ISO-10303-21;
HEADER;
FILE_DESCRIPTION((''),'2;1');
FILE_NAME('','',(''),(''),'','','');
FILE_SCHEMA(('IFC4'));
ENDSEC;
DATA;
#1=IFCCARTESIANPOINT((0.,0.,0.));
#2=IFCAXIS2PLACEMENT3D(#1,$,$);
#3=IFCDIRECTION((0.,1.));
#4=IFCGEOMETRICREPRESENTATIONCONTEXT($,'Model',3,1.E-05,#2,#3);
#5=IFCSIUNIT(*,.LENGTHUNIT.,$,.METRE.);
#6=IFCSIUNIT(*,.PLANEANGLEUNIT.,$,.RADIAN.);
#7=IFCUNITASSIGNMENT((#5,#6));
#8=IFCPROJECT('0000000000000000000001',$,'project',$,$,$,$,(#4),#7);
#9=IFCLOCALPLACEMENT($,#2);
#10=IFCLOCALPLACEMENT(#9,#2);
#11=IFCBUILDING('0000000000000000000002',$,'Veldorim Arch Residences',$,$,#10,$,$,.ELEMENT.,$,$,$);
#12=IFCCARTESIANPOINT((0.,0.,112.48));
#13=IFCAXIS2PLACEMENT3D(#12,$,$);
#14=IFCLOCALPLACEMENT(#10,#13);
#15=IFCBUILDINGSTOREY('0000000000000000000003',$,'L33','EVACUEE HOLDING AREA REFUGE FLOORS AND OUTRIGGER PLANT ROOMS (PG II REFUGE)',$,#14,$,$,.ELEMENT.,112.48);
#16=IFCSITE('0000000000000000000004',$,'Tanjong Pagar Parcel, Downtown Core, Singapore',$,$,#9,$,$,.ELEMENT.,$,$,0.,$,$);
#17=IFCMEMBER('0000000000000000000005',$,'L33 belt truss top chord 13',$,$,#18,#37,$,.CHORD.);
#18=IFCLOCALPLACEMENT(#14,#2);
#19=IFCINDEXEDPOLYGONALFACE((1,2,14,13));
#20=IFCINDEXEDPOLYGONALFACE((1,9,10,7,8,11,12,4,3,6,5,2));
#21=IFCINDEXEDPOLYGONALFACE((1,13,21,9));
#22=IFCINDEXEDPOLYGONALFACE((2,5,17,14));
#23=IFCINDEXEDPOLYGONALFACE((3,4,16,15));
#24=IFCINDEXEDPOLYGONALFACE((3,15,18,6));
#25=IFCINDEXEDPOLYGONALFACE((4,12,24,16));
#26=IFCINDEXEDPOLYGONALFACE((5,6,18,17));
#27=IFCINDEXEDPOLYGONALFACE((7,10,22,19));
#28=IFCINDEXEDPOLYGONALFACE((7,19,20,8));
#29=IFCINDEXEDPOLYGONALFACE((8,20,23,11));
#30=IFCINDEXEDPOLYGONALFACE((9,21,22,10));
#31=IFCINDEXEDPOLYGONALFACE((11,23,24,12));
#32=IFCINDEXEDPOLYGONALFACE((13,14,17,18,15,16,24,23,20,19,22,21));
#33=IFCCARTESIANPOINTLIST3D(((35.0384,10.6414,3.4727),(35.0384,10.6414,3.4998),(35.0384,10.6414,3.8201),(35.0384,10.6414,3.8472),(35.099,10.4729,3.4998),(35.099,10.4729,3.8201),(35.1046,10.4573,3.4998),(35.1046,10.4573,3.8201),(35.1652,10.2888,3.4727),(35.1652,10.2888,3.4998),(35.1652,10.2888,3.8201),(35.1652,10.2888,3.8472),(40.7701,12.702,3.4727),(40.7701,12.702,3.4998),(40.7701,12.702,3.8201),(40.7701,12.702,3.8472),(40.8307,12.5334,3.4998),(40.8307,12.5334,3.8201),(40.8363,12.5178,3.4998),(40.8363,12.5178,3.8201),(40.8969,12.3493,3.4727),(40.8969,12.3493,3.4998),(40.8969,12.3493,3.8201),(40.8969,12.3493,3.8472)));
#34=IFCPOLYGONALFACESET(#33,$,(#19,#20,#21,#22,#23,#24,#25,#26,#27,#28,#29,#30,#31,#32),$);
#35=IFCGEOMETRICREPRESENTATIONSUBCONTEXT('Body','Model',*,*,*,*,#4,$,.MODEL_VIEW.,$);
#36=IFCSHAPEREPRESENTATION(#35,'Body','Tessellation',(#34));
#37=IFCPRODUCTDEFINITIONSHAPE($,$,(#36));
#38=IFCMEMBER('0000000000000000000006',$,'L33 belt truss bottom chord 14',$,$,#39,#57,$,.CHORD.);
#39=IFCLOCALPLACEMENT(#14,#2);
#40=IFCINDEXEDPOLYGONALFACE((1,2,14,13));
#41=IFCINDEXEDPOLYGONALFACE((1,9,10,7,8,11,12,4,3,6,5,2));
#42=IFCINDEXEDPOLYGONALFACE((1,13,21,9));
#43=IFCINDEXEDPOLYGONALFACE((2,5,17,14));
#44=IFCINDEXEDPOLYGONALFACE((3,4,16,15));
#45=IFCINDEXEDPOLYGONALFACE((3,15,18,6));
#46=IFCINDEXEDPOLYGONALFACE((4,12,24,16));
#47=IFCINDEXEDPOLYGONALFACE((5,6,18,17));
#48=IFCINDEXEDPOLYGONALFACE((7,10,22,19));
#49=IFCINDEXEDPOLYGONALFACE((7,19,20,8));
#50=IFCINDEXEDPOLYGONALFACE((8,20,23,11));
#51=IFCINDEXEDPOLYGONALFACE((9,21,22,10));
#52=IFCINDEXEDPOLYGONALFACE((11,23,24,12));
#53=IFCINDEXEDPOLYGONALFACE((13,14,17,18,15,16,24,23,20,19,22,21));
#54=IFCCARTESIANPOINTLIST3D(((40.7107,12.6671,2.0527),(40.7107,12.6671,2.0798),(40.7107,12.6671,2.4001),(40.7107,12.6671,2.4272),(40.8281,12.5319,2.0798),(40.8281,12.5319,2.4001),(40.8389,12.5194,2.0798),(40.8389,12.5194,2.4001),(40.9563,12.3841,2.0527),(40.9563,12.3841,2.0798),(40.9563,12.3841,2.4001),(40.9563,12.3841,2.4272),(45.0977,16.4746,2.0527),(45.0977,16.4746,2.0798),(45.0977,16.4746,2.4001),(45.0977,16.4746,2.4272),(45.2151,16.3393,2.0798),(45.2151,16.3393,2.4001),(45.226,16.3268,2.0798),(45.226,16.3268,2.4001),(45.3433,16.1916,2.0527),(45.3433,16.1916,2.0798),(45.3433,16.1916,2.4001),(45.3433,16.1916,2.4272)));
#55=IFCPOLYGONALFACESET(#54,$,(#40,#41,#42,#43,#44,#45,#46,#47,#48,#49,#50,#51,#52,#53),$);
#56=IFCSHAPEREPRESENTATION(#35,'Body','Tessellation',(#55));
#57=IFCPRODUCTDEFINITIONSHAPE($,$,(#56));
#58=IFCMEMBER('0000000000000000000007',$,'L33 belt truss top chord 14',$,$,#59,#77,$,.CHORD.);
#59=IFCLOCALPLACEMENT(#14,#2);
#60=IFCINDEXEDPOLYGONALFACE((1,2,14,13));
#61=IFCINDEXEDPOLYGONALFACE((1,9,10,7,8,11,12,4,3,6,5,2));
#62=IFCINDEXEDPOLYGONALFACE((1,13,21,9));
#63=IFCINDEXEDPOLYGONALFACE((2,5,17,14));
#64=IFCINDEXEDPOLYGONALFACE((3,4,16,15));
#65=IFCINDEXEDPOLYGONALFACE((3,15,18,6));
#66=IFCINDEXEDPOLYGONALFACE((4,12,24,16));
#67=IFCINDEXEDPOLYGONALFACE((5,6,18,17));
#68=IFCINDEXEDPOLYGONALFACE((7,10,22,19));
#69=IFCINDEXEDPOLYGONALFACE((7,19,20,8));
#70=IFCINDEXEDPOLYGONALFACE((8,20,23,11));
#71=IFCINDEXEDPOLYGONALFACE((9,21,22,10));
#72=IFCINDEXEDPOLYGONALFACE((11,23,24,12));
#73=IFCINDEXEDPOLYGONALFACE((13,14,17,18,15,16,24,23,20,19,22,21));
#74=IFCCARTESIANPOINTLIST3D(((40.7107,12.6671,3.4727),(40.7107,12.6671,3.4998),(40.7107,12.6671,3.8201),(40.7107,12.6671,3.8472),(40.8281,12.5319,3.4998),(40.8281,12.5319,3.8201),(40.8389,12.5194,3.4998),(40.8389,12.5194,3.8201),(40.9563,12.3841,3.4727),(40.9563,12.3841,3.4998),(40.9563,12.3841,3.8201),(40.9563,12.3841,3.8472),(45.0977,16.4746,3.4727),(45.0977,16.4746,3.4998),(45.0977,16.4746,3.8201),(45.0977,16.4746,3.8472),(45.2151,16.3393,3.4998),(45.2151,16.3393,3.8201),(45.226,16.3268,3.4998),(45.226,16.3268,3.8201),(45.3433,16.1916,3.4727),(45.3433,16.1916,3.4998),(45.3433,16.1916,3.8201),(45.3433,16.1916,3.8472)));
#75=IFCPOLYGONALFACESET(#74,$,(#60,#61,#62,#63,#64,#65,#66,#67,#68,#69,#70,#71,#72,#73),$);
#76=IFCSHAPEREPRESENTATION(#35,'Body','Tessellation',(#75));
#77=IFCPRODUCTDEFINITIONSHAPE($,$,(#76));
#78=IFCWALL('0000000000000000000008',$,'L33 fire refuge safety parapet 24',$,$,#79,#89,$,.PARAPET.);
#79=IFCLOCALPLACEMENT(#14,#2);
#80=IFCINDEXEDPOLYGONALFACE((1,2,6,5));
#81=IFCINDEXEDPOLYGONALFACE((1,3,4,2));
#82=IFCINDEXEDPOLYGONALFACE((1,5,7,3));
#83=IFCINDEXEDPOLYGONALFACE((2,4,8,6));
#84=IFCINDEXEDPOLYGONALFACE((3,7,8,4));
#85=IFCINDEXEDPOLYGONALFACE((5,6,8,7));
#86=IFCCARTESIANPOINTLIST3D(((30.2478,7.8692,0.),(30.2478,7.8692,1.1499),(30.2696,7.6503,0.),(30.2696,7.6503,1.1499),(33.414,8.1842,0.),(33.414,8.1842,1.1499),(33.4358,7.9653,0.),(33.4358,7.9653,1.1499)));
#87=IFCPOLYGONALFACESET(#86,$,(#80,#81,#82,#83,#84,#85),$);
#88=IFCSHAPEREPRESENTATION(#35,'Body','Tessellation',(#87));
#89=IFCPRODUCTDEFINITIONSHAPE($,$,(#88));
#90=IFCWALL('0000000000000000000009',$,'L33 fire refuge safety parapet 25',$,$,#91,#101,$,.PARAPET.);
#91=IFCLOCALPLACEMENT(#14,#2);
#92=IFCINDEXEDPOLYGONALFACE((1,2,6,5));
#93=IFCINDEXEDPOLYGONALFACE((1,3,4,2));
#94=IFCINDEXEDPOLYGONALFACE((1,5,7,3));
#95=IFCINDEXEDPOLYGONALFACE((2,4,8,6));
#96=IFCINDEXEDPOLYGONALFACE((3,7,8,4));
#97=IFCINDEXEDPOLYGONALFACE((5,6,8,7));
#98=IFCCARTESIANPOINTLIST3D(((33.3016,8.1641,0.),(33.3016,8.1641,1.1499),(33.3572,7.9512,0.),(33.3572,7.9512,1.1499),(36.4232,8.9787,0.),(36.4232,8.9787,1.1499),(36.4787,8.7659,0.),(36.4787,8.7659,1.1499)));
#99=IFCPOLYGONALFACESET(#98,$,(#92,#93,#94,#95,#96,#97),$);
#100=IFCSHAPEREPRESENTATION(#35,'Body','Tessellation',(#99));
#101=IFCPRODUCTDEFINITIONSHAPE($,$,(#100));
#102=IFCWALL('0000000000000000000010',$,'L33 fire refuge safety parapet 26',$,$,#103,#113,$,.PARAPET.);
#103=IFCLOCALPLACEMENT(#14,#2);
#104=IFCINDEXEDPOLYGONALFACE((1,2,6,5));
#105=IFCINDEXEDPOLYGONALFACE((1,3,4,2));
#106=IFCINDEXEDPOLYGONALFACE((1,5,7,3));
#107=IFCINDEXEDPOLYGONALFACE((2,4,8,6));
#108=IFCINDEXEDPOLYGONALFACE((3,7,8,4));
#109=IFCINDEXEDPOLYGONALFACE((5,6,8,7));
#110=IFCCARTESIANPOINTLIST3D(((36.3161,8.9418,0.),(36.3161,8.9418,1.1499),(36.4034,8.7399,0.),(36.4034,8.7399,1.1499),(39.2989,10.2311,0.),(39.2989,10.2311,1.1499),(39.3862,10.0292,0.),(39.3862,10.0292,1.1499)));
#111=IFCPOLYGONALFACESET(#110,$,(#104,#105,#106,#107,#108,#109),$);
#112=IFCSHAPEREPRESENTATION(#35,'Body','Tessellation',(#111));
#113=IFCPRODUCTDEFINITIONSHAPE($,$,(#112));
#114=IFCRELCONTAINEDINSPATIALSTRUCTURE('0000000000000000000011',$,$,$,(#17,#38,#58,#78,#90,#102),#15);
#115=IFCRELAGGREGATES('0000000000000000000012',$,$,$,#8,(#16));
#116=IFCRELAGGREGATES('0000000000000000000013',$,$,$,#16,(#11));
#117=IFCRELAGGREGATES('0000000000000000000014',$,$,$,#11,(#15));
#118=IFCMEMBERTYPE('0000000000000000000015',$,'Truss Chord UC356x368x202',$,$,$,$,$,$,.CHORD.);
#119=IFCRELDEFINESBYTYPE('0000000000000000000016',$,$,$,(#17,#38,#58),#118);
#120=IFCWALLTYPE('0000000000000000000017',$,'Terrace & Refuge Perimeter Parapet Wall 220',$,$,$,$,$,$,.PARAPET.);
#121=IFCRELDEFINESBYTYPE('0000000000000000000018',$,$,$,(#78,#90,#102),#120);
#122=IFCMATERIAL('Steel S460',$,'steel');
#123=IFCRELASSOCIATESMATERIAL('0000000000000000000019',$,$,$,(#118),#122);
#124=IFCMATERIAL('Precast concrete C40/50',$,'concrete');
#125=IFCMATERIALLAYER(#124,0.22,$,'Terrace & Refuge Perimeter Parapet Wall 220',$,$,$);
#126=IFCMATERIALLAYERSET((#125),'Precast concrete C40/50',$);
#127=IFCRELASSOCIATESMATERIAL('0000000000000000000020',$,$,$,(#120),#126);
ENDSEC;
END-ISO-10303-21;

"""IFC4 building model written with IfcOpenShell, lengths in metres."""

from ifc_helpers import new_model, si_unit, direction, frame, frame_2d, origin, origin_2d, place, context, subcontext, project, spatial, rectangle, i_section, extrude, material, layer, layer_set, material_profile, profile_set, type_object, element, save


model = new_model("IFC4")

# Units and contexts
model_context = context("Model", 3, precision=1e-05, world=origin(), true_north=direction((0.0, 1.0)))
body_context = subcontext(model_context, "Body", "Model", "MODEL_VIEW")
ifc_project = project(units=[si_unit("LENGTHUNIT", "METRE"), si_unit("PLANEANGLEUNIT", "RADIAN")], contexts=[model_context])

# Site, building, storey
site_placement = place(None, origin())
site = spatial("IfcSite", under=ifc_project, at=site_placement, Name="Tanjong Pagar Parcel, Downtown Core, Singapore", CompositionType="ELEMENT", RefElevation=0.0)
building_placement = place(site_placement, origin())
building = spatial("IfcBuilding", under=site, at=building_placement, Name="Veldorim Arch Residences", CompositionType="ELEMENT")
storey_placement = place(building_placement, frame((0.0, 0.0, 112.48)))
storey = spatial("IfcBuildingStorey", under=building, at=storey_placement, Name="L33", Description="EVACUEE HOLDING AREA REFUGE FLOORS AND OUTRIGGER PLANT ROOMS (PG II REFUGE)", CompositionType="ELEMENT", Elevation=112.48)

# Members
ifc_material_1 = material(Name="Steel S460", Category="steel")
ifc_material_profile_1 = material_profile(ifc_material_1, i_section(OverallWidth=0.3748, OverallDepth=0.3745, WebThickness=0.0166, FlangeThickness=0.0271, at=origin_2d()), Name="UC356x368x202")
ifc_profile_set_1 = profile_set([ifc_material_profile_1], Name="Steel S460")
member_type = type_object("IfcMemberType", Name="Truss Chord UC356x368x202", PredefinedType="CHORD", material=ifc_profile_set_1)
for number, where, z_axis, x_axis, name in (
    (1, (35.1018, 10.4651, 3.6599), (0.941037, 0.338304, 0.0), (-0.338304, 0.941037, 0.0), "L33 belt truss top chord 13"),
):
    element("IfcMember", number, at=place(storey_placement, frame(where, z_axis=z_axis, x_axis=x_axis)), inside=storey, type_object=member_type, Name=name, PredefinedType="CHORD", context=body_context, shape_type="SweptSolid", body=[
        extrude(i_section(OverallWidth=0.3748, OverallDepth=0.3745, WebThickness=0.0166, FlangeThickness=0.0271, at=origin_2d()), origin(), (0.0, 0.0, 1.0), 6.0908),
    ])
for number, where, z_axis, x_axis, name in (
    (2, (40.8335, 12.5256, 2.24), (0.755234, 0.655455, 0.0), (-0.655455, 0.755234, 0.0), "L33 belt truss bottom chord 14"),
    (3, (40.8335, 12.5256, 3.6599), (0.755234, 0.655455, 0.0), (-0.655455, 0.755234, 0.0), "L33 belt truss top chord 14"),
):
    element("IfcMember", number, at=place(storey_placement, frame(where, z_axis=z_axis, x_axis=x_axis)), inside=storey, type_object=member_type, Name=name, PredefinedType="CHORD", context=body_context, shape_type="SweptSolid", body=[
        extrude(i_section(OverallWidth=0.3748, OverallDepth=0.3745, WebThickness=0.0166, FlangeThickness=0.0271, at=origin_2d()), origin(), (0.0, 0.0, 1.0), 5.8088),
    ])

# Walls
ifc_material_2 = material(Name="Precast concrete C40/50", Category="concrete")
ifc_layer = layer(ifc_material_2, 0.22, Name="Terrace & Refuge Perimeter Parapet Wall 220")
ifc_layer_set = layer_set([ifc_layer], Name="Precast concrete C40/50")
wall_type = type_object("IfcWallType", Name="Terrace & Refuge Perimeter Parapet Wall 220", PredefinedType="PARAPET", material=ifc_layer_set)
wall_1_placement = place(storey_placement, frame((33.4248, 8.0747, 0.0), z_axis=(0.0, 0.0, 1.0), x_axis=(-0.995089, -0.09898, 0.0)))
element("IfcWall", 4, at=wall_1_placement, inside=storey, type_object=wall_type, Name="L33 fire refuge safety parapet 24", PredefinedType="PARAPET", context=body_context, shape_type="SweptSolid", body=[
    extrude(rectangle(XDim=3.1819, YDim=0.22, at=frame_2d((1.5908, 0.0))), origin(), (0.0, 0.0, 1.0), 1.1499),
])
wall_2_placement = place(storey_placement, frame((36.4509, 8.8723, 0.0), z_axis=(0.0, 0.0, 1.0), x_axis=(-0.967589, -0.25253, 0.0)))
element("IfcWall", 5, at=wall_2_placement, inside=storey, type_object=wall_type, Name="L33 fire refuge safety parapet 25", PredefinedType="PARAPET", context=body_context, shape_type="SweptSolid", body=[
    extrude(rectangle(XDim=3.2261, YDim=0.22, at=frame_2d((1.613, 0.0))), origin(), (0.0, 0.0, 1.0), 1.1499),
])
wall_3_placement = place(storey_placement, frame((39.3425, 10.1301, 0.0), z_axis=(0.0, 0.0, 1.0), x_axis=(-0.917924, -0.396755, 0.0)))
element("IfcWall", 6, at=wall_3_placement, inside=storey, type_object=wall_type, Name="L33 fire refuge safety parapet 26", PredefinedType="PARAPET", context=body_context, shape_type="SweptSolid", body=[
    extrude(rectangle(XDim=3.2495, YDim=0.22, at=frame_2d((1.6248, 0.0))), origin(), (0.0, 0.0, 1.0), 1.1499),
])

save(model, "model.ifc")
